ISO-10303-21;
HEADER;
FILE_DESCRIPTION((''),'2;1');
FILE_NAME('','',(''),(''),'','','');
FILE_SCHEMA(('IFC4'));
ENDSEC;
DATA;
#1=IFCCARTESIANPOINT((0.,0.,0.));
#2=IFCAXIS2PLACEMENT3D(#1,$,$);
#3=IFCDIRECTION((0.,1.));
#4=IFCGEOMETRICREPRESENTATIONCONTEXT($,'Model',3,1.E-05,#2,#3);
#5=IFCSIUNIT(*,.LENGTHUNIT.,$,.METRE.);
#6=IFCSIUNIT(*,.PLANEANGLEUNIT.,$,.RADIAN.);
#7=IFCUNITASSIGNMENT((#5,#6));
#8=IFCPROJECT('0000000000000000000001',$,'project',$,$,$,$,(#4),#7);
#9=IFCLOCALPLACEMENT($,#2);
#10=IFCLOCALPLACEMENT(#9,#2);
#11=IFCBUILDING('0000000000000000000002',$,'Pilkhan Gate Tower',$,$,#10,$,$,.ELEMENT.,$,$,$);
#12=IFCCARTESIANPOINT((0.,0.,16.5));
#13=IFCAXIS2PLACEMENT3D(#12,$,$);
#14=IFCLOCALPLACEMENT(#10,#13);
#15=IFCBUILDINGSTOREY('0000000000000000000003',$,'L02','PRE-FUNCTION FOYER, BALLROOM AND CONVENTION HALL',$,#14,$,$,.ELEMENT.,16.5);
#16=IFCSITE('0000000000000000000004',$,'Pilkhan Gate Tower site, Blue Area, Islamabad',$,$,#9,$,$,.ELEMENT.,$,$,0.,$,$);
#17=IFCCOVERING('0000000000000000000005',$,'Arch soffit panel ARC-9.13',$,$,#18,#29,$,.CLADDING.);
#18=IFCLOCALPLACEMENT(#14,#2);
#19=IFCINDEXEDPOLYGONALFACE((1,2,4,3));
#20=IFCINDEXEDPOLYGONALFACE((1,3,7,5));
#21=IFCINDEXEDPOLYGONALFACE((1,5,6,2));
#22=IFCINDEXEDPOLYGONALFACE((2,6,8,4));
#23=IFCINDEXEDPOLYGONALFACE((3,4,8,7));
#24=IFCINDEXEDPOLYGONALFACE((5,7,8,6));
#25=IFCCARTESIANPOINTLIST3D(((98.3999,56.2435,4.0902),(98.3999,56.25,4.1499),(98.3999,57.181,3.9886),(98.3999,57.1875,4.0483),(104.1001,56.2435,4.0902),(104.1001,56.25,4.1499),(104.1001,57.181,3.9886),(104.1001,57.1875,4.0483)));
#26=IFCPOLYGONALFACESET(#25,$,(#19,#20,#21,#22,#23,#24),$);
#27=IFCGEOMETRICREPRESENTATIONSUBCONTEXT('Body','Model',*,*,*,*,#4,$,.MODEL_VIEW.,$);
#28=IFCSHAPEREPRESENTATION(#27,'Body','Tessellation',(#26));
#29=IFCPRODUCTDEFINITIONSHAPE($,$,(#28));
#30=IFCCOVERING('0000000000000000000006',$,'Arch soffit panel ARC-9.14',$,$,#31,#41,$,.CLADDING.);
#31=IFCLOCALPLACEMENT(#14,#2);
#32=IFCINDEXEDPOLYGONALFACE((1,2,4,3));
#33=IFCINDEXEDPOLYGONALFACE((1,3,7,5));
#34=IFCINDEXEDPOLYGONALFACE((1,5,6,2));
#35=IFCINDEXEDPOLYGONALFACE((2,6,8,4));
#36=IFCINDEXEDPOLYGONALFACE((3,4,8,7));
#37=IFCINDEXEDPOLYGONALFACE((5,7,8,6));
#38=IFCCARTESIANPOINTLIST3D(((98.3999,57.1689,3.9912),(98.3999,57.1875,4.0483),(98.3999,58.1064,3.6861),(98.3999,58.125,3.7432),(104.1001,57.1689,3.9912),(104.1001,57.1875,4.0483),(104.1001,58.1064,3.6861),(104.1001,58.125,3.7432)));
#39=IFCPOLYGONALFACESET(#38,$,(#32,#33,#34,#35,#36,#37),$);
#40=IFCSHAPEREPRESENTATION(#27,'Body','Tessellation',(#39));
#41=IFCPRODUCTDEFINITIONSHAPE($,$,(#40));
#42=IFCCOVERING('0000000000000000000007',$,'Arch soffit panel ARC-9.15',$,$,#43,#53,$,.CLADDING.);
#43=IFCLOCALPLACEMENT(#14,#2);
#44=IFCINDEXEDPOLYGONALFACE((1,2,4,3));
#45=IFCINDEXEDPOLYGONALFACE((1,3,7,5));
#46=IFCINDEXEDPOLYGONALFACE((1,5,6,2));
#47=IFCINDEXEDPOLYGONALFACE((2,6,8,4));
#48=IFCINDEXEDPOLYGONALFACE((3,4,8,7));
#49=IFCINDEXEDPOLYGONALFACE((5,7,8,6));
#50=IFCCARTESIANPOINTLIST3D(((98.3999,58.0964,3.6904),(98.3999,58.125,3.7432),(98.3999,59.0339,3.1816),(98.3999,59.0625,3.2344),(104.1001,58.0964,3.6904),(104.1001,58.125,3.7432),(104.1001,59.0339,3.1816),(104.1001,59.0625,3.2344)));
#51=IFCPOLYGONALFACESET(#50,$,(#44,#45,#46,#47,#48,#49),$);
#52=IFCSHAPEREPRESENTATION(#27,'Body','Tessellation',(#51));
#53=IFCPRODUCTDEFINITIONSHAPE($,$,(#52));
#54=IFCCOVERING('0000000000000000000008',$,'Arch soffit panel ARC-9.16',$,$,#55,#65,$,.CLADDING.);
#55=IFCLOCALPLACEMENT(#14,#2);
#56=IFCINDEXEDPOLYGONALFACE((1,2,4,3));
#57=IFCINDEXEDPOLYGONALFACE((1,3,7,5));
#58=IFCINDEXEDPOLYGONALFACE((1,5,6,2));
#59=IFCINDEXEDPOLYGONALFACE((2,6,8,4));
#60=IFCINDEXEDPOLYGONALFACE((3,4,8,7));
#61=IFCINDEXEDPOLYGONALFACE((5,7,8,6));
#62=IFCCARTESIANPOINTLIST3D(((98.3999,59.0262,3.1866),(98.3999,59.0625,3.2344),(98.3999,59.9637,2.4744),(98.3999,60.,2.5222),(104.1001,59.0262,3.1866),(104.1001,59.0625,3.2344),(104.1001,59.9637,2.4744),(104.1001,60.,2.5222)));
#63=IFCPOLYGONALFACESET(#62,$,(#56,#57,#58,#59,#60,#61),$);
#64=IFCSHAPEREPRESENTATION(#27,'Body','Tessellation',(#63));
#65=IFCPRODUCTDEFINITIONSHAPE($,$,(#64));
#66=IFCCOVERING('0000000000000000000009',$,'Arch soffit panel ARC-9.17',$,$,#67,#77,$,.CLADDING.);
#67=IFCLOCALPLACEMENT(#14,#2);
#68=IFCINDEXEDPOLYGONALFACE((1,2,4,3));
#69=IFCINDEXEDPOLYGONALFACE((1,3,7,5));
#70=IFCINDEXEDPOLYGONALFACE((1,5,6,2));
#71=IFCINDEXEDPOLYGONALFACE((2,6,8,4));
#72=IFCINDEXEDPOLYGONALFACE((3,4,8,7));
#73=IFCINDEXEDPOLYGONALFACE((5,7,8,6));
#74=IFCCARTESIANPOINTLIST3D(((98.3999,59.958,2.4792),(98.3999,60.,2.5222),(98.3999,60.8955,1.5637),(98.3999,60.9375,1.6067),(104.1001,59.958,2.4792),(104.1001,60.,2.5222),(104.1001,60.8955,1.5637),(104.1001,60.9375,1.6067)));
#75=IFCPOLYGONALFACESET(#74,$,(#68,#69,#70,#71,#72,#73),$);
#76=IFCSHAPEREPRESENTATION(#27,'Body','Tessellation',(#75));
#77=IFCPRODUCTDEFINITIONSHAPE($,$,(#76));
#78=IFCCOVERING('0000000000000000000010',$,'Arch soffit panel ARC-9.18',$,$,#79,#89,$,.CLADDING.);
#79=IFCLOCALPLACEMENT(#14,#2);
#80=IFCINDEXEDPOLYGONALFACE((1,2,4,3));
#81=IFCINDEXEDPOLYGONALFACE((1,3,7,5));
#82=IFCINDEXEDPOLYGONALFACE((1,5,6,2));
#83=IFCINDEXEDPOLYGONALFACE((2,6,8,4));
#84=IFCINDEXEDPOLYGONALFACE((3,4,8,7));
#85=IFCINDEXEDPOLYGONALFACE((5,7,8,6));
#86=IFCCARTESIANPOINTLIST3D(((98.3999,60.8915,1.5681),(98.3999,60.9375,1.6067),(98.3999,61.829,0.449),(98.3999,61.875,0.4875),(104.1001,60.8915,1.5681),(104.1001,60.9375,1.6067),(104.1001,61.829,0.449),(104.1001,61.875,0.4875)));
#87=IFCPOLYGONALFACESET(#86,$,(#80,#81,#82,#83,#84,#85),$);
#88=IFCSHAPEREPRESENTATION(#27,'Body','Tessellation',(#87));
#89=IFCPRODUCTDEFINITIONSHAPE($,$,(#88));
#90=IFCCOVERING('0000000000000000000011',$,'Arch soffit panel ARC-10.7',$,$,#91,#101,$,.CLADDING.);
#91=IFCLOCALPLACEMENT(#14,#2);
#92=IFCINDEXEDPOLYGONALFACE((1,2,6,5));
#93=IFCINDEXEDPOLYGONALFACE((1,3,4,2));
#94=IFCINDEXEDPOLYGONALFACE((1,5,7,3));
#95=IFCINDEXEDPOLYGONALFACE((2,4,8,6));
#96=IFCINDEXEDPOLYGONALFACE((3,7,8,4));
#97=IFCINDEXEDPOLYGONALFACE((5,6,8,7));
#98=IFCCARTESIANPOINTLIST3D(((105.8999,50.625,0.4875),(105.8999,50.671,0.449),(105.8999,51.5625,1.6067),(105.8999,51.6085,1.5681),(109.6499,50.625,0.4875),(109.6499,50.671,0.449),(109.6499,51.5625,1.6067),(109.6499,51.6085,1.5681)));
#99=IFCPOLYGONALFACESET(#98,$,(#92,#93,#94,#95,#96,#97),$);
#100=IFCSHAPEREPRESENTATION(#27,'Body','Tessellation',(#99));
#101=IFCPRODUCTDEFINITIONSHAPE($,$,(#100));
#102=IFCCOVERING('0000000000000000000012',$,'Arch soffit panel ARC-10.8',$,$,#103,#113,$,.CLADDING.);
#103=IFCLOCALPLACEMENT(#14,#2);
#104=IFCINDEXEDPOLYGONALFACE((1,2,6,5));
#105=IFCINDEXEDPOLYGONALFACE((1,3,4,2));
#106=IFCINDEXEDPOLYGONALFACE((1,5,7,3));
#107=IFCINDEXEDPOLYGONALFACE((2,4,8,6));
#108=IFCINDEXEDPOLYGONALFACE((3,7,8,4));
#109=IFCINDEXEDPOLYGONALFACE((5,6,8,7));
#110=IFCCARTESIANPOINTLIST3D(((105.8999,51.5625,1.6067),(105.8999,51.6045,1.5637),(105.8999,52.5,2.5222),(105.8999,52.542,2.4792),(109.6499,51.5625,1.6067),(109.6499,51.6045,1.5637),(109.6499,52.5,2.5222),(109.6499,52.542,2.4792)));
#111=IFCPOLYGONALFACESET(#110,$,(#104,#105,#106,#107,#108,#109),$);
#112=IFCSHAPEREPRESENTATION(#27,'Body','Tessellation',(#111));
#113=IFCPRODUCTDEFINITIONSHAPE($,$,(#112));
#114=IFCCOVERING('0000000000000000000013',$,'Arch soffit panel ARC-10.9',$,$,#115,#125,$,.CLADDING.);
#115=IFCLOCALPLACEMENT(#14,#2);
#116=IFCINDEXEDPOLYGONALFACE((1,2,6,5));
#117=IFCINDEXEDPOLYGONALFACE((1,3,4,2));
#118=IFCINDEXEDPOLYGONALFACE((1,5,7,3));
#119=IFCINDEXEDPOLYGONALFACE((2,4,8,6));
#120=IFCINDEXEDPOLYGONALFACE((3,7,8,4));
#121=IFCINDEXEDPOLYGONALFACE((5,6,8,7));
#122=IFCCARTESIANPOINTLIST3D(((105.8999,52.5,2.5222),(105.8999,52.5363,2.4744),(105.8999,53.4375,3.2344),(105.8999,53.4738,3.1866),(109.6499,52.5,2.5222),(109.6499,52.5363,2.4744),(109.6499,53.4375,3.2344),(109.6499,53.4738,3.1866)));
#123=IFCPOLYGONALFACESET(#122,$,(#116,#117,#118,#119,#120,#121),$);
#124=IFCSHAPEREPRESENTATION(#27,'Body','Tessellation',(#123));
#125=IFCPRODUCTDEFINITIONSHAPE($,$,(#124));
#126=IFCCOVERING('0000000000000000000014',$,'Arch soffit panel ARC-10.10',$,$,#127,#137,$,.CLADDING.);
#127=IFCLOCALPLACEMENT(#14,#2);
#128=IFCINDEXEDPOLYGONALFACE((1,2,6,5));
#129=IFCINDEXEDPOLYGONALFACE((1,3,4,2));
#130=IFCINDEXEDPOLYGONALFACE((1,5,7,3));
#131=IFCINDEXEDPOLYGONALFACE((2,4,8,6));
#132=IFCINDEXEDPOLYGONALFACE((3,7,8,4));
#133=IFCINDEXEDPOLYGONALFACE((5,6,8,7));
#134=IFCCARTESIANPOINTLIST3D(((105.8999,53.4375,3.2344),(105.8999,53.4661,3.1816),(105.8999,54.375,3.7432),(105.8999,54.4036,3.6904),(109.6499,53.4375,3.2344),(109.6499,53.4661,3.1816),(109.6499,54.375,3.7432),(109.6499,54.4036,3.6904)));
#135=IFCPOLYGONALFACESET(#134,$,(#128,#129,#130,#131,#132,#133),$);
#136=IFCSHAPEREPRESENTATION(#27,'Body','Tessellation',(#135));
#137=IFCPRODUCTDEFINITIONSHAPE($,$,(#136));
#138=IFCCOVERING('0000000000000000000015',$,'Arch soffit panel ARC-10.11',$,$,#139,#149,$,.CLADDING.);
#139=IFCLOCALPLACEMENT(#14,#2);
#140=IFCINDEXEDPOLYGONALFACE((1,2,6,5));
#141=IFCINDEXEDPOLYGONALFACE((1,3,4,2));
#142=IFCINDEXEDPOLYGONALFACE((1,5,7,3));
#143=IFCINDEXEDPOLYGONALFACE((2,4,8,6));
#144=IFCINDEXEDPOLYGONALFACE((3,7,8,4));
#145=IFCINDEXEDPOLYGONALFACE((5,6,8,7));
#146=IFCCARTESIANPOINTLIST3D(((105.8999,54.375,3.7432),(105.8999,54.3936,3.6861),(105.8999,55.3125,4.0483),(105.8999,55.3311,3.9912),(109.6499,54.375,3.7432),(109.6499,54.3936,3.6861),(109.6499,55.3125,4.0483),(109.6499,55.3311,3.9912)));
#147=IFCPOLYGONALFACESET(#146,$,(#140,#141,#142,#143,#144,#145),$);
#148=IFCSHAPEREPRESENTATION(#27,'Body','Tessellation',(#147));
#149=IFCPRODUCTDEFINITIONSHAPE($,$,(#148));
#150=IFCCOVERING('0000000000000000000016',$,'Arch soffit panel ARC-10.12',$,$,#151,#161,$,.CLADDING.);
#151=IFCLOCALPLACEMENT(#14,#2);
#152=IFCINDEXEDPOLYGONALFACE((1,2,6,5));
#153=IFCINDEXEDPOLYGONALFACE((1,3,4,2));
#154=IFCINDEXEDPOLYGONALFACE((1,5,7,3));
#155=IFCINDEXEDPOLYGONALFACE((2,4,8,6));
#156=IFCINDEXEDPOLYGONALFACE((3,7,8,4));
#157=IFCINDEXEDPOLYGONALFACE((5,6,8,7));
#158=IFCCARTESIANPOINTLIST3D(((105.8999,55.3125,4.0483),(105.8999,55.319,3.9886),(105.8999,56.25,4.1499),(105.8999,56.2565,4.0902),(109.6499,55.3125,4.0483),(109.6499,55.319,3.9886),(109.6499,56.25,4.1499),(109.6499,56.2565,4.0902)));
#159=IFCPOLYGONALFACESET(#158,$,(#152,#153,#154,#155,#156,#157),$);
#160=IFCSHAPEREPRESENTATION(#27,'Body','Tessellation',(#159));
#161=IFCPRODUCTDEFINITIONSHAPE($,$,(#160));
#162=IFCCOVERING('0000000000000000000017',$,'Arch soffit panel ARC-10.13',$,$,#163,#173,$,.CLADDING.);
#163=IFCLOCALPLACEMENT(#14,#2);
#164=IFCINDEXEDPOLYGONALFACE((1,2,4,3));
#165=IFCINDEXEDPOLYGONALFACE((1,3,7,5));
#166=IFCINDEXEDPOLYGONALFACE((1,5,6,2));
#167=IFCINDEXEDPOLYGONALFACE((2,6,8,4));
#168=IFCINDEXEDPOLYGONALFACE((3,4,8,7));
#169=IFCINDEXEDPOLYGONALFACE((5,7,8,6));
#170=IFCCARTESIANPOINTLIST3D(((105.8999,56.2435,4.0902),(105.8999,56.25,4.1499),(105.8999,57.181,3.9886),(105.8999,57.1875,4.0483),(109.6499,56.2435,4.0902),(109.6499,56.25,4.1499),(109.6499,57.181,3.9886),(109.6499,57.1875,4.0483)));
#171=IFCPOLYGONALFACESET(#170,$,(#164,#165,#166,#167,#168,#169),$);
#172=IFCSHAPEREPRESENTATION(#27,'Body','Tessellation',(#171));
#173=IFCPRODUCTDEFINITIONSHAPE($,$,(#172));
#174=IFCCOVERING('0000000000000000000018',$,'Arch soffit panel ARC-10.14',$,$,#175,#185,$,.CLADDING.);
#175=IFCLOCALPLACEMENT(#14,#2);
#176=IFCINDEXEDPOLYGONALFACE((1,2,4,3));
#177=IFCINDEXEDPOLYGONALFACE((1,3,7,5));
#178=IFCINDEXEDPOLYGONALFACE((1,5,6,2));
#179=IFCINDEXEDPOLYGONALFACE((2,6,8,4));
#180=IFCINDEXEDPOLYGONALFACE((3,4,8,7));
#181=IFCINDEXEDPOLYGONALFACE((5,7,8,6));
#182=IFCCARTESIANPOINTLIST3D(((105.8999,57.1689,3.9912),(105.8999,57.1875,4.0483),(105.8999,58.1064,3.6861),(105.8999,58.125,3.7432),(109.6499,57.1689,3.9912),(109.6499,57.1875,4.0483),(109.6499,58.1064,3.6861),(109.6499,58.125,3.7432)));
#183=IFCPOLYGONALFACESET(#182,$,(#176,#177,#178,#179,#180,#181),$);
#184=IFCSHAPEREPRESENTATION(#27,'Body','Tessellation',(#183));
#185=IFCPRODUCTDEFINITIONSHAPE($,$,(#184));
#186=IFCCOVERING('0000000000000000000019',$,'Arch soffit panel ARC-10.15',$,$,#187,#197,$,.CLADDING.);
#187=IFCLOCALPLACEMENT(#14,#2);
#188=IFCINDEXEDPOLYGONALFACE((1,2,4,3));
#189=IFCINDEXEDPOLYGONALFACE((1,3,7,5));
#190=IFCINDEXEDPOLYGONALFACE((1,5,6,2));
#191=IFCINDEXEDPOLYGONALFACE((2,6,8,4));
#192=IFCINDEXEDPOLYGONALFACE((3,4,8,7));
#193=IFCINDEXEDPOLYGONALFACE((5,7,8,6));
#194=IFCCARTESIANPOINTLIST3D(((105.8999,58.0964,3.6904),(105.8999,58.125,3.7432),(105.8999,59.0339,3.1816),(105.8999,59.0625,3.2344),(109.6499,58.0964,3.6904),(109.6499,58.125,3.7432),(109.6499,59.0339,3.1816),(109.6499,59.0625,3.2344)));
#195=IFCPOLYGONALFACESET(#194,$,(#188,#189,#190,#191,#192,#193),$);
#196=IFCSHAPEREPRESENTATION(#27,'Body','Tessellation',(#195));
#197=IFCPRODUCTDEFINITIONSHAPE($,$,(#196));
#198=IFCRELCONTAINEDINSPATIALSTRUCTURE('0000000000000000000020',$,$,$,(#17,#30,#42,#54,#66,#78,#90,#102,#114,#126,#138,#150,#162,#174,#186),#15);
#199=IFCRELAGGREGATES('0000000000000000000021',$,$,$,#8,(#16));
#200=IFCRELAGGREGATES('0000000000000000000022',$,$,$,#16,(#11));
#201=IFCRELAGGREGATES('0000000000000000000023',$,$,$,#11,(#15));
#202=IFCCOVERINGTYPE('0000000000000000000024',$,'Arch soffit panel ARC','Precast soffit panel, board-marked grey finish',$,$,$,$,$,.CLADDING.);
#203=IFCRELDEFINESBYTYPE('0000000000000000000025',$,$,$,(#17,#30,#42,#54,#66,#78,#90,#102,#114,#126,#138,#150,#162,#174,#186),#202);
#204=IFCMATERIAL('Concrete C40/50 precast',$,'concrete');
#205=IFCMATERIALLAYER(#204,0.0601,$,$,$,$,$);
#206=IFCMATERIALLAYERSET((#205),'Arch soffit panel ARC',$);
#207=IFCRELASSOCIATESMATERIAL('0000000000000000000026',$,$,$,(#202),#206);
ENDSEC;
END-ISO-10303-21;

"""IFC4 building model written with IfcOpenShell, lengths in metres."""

from ifc_helpers import new_model, si_unit, direction, frame, origin, place, context, subcontext, project, spatial, polyline, outline, extrude, material, layer, layer_set, type_object, element, save


model = new_model("IFC4")

# Units and contexts
model_context = context("Model", 3, precision=1e-05, world=origin(), true_north=direction((0.0, 1.0)))
body_context = subcontext(model_context, "Body", "Model", "MODEL_VIEW")
ifc_project = project(units=[si_unit("LENGTHUNIT", "METRE"), si_unit("PLANEANGLEUNIT", "RADIAN")], contexts=[model_context])

# Site, building, storey
site_placement = place(None, origin())
site = spatial("IfcSite", under=ifc_project, at=site_placement, Name="Pilkhan Gate Tower site, Blue Area, Islamabad", CompositionType="ELEMENT", RefElevation=0.0)
building_placement = place(site_placement, origin())
building = spatial("IfcBuilding", under=site, at=building_placement, Name="Pilkhan Gate Tower", CompositionType="ELEMENT")
storey_placement = place(building_placement, frame((0.0, 0.0, 16.5)))
storey = spatial("IfcBuildingStorey", under=building, at=storey_placement, Name="L02", Description="PRE-FUNCTION FOYER, BALLROOM AND CONVENTION HALL", CompositionType="ELEMENT", Elevation=16.5)

# Coverings
ifc_material_1 = material(Name="Concrete C40/50 precast", Category="concrete")
ifc_layer_1 = layer(ifc_material_1, 0.0601)
ifc_layer_set_1 = layer_set([ifc_layer_1], Name="Arch soffit panel ARC")
covering_type = type_object("IfcCoveringType", Name="Arch soffit panel ARC", Description="Precast soffit panel, board-marked grey finish", PredefinedType="CLADDING", material=ifc_layer_set_1)
for number, where, z_axis, x_axis, name in (
    (1, (98.3999, 56.25, 4.1499), (0.0, 0.107703, 0.994183), (1.0, 0.0, 0.0), "Arch soffit panel ARC-9.13"),
):
    element("IfcCovering", number, at=place(storey_placement, frame(where, z_axis=z_axis, x_axis=x_axis)), inside=storey, type_object=covering_type, Name=name, PredefinedType="CLADDING", context=body_context, shape_type="SweptSolid", body=[
        extrude(outline(polyline([(0.0, 0.0), (5.7002, 0.0), (5.7002, 0.943), (0.0, 0.943), (0.0, 0.0)])), origin(), (0.0, 0.0, -1.0), 0.0601),
    ])
covering_1_placement = place(storey_placement, frame((98.3999, 57.1875, 4.0483), z_axis=(0.0, 0.309534, 0.950888), x_axis=(1.0, 0.0, 0.0)))
element("IfcCovering", 2, at=covering_1_placement, inside=storey, type_object=covering_type, Name="Arch soffit panel ARC-9.14", PredefinedType="CLADDING", context=body_context, shape_type="SweptSolid", body=[
    extrude(outline(polyline([(0.0, 0.0), (5.7002, 0.0), (5.7002, 0.9859), (0.0, 0.9859), (0.0, 0.0)])), origin(), (0.0, 0.0, -1.0), 0.0601),
])
covering_2_placement = place(storey_placement, frame((98.3999, 58.125, 3.7432), z_axis=(0.0, 0.476991, 0.878908), x_axis=(1.0, 0.0, 0.0)))
element("IfcCovering", 3, at=covering_2_placement, inside=storey, type_object=covering_type, Name="Arch soffit panel ARC-9.15", PredefinedType="CLADDING", context=body_context, shape_type="SweptSolid", body=[
    extrude(outline(polyline([(0.0, 0.0), (5.7002, 0.0), (5.7002, 1.0667), (0.0, 1.0667), (0.0, 0.0)])), origin(), (0.0, 0.0, -1.0), 0.0601),
])
covering_3_placement = place(storey_placement, frame((98.3999, 59.0625, 3.2344), z_axis=(0.0, 0.604899, 0.796302), x_axis=(1.0, 0.0, 0.0)))
element("IfcCovering", 4, at=covering_3_placement, inside=storey, type_object=covering_type, Name="Arch soffit panel ARC-9.16", PredefinedType="CLADDING", context=body_context, shape_type="SweptSolid", body=[
    extrude(outline(polyline([(0.0, 0.0), (5.7002, 0.0), (5.7002, 1.1773), (0.0, 1.1773), (0.0, 0.0)])), origin(), (0.0, 0.0, -1.0), 0.0601),
])
covering_4_placement = place(storey_placement, frame((98.3999, 60.0, 2.5222), z_axis=(0.0, 0.698673, 0.715441), x_axis=(1.0, 0.0, 0.0)))
element("IfcCovering", 5, at=covering_4_placement, inside=storey, type_object=covering_type, Name="Arch soffit panel ARC-9.17", PredefinedType="CLADDING", context=body_context, shape_type="SweptSolid", body=[
    extrude(outline(polyline([(0.0, 0.0), (5.7002, 0.0), (5.7002, 1.3104), (0.0, 1.3104), (0.0, 0.0)])), origin(), (0.0, 0.0, -1.0), 0.0601),
])
covering_5_placement = place(storey_placement, frame((98.3999, 60.9375, 1.6067), z_axis=(0.0, 0.766574, 0.642156), x_axis=(1.0, 0.0, 0.0)))
element("IfcCovering", 6, at=covering_5_placement, inside=storey, type_object=covering_type, Name="Arch soffit panel ARC-9.18", PredefinedType="CLADDING", context=body_context, shape_type="SweptSolid", body=[
    extrude(outline(polyline([(0.0, 0.0), (5.7002, 0.0), (5.7002, 1.4599), (0.0, 1.4599), (0.0, 0.0)])), origin(), (0.0, 0.0, -1.0), 0.0601),
])
covering_6_placement = place(storey_placement, frame((105.8999, 50.625, 0.4875), z_axis=(0.0, -0.766574, 0.642156), x_axis=(1.0, 0.0, 0.0)))
element("IfcCovering", 7, at=covering_6_placement, inside=storey, type_object=covering_type, Name="Arch soffit panel ARC-10.7", PredefinedType="CLADDING", context=body_context, shape_type="SweptSolid", body=[
    extrude(outline(polyline([(0.0, 0.0), (3.75, 0.0), (3.75, 1.4599), (0.0, 1.4599), (0.0, 0.0)])), origin(), (0.0, 0.0, -1.0), 0.0601),
])
covering_7_placement = place(storey_placement, frame((105.8999, 51.5625, 1.6067), z_axis=(0.0, -0.698673, 0.715441), x_axis=(1.0, 0.0, 0.0)))
element("IfcCovering", 8, at=covering_7_placement, inside=storey, type_object=covering_type, Name="Arch soffit panel ARC-10.8", PredefinedType="CLADDING", context=body_context, shape_type="SweptSolid", body=[
    extrude(outline(polyline([(0.0, 0.0), (3.75, 0.0), (3.75, 1.3104), (0.0, 1.3104), (0.0, 0.0)])), origin(), (0.0, 0.0, -1.0), 0.0601),
])
covering_8_placement = place(storey_placement, frame((105.8999, 52.5, 2.5222), z_axis=(0.0, -0.604899, 0.796302), x_axis=(1.0, 0.0, 0.0)))
element("IfcCovering", 9, at=covering_8_placement, inside=storey, type_object=covering_type, Name="Arch soffit panel ARC-10.9", PredefinedType="CLADDING", context=body_context, shape_type="SweptSolid", body=[
    extrude(outline(polyline([(0.0, 0.0), (3.75, 0.0), (3.75, 1.1773), (0.0, 1.1773), (0.0, 0.0)])), origin(), (0.0, 0.0, -1.0), 0.0601),
])
covering_9_placement = place(storey_placement, frame((105.8999, 53.4375, 3.2344), z_axis=(0.0, -0.476991, 0.878908), x_axis=(1.0, 0.0, 0.0)))
element("IfcCovering", 10, at=covering_9_placement, inside=storey, type_object=covering_type, Name="Arch soffit panel ARC-10.10", PredefinedType="CLADDING", context=body_context, shape_type="SweptSolid", body=[
    extrude(outline(polyline([(0.0, 0.0), (3.75, 0.0), (3.75, 1.0667), (0.0, 1.0667), (0.0, 0.0)])), origin(), (0.0, 0.0, -1.0), 0.0601),
])
covering_10_placement = place(storey_placement, frame((105.8999, 54.375, 3.7432), z_axis=(0.0, -0.309534, 0.950888), x_axis=(1.0, 0.0, 0.0)))
element("IfcCovering", 11, at=covering_10_placement, inside=storey, type_object=covering_type, Name="Arch soffit panel ARC-10.11", PredefinedType="CLADDING", context=body_context, shape_type="SweptSolid", body=[
    extrude(outline(polyline([(0.0, 0.0), (3.75, 0.0), (3.75, 0.9859), (0.0, 0.9859), (0.0, 0.0)])), origin(), (0.0, 0.0, -1.0), 0.0601),
])
for number, where, z_axis, x_axis, name in (
    (12, (105.8999, 55.3125, 4.0483), (0.0, -0.107703, 0.994183), (1.0, 0.0, 0.0), "Arch soffit panel ARC-10.12"),
    (13, (105.8999, 56.25, 4.1499), (0.0, 0.107703, 0.994183), (1.0, 0.0, 0.0), "Arch soffit panel ARC-10.13"),
):
    element("IfcCovering", number, at=place(storey_placement, frame(where, z_axis=z_axis, x_axis=x_axis)), inside=storey, type_object=covering_type, Name=name, PredefinedType="CLADDING", context=body_context, shape_type="SweptSolid", body=[
        extrude(outline(polyline([(0.0, 0.0), (3.75, 0.0), (3.75, 0.943), (0.0, 0.943), (0.0, 0.0)])), origin(), (0.0, 0.0, -1.0), 0.0601),
    ])
covering_11_placement = place(storey_placement, frame((105.8999, 57.1875, 4.0483), z_axis=(0.0, 0.309534, 0.950888), x_axis=(1.0, 0.0, 0.0)))
element("IfcCovering", 14, at=covering_11_placement, inside=storey, type_object=covering_type, Name="Arch soffit panel ARC-10.14", PredefinedType="CLADDING", context=body_context, shape_type="SweptSolid", body=[
    extrude(outline(polyline([(0.0, 0.0), (3.75, 0.0), (3.75, 0.9859), (0.0, 0.9859), (0.0, 0.0)])), origin(), (0.0, 0.0, -1.0), 0.0601),
])
covering_12_placement = place(storey_placement, frame((105.8999, 58.125, 3.7432), z_axis=(0.0, 0.476991, 0.878908), x_axis=(1.0, 0.0, 0.0)))
element("IfcCovering", 15, at=covering_12_placement, inside=storey, type_object=covering_type, Name="Arch soffit panel ARC-10.15", PredefinedType="CLADDING", context=body_context, shape_type="SweptSolid", body=[
    extrude(outline(polyline([(0.0, 0.0), (3.75, 0.0), (3.75, 1.0667), (0.0, 1.0667), (0.0, 0.0)])), origin(), (0.0, 0.0, -1.0), 0.0601),
])

save(model, "model.ifc")
